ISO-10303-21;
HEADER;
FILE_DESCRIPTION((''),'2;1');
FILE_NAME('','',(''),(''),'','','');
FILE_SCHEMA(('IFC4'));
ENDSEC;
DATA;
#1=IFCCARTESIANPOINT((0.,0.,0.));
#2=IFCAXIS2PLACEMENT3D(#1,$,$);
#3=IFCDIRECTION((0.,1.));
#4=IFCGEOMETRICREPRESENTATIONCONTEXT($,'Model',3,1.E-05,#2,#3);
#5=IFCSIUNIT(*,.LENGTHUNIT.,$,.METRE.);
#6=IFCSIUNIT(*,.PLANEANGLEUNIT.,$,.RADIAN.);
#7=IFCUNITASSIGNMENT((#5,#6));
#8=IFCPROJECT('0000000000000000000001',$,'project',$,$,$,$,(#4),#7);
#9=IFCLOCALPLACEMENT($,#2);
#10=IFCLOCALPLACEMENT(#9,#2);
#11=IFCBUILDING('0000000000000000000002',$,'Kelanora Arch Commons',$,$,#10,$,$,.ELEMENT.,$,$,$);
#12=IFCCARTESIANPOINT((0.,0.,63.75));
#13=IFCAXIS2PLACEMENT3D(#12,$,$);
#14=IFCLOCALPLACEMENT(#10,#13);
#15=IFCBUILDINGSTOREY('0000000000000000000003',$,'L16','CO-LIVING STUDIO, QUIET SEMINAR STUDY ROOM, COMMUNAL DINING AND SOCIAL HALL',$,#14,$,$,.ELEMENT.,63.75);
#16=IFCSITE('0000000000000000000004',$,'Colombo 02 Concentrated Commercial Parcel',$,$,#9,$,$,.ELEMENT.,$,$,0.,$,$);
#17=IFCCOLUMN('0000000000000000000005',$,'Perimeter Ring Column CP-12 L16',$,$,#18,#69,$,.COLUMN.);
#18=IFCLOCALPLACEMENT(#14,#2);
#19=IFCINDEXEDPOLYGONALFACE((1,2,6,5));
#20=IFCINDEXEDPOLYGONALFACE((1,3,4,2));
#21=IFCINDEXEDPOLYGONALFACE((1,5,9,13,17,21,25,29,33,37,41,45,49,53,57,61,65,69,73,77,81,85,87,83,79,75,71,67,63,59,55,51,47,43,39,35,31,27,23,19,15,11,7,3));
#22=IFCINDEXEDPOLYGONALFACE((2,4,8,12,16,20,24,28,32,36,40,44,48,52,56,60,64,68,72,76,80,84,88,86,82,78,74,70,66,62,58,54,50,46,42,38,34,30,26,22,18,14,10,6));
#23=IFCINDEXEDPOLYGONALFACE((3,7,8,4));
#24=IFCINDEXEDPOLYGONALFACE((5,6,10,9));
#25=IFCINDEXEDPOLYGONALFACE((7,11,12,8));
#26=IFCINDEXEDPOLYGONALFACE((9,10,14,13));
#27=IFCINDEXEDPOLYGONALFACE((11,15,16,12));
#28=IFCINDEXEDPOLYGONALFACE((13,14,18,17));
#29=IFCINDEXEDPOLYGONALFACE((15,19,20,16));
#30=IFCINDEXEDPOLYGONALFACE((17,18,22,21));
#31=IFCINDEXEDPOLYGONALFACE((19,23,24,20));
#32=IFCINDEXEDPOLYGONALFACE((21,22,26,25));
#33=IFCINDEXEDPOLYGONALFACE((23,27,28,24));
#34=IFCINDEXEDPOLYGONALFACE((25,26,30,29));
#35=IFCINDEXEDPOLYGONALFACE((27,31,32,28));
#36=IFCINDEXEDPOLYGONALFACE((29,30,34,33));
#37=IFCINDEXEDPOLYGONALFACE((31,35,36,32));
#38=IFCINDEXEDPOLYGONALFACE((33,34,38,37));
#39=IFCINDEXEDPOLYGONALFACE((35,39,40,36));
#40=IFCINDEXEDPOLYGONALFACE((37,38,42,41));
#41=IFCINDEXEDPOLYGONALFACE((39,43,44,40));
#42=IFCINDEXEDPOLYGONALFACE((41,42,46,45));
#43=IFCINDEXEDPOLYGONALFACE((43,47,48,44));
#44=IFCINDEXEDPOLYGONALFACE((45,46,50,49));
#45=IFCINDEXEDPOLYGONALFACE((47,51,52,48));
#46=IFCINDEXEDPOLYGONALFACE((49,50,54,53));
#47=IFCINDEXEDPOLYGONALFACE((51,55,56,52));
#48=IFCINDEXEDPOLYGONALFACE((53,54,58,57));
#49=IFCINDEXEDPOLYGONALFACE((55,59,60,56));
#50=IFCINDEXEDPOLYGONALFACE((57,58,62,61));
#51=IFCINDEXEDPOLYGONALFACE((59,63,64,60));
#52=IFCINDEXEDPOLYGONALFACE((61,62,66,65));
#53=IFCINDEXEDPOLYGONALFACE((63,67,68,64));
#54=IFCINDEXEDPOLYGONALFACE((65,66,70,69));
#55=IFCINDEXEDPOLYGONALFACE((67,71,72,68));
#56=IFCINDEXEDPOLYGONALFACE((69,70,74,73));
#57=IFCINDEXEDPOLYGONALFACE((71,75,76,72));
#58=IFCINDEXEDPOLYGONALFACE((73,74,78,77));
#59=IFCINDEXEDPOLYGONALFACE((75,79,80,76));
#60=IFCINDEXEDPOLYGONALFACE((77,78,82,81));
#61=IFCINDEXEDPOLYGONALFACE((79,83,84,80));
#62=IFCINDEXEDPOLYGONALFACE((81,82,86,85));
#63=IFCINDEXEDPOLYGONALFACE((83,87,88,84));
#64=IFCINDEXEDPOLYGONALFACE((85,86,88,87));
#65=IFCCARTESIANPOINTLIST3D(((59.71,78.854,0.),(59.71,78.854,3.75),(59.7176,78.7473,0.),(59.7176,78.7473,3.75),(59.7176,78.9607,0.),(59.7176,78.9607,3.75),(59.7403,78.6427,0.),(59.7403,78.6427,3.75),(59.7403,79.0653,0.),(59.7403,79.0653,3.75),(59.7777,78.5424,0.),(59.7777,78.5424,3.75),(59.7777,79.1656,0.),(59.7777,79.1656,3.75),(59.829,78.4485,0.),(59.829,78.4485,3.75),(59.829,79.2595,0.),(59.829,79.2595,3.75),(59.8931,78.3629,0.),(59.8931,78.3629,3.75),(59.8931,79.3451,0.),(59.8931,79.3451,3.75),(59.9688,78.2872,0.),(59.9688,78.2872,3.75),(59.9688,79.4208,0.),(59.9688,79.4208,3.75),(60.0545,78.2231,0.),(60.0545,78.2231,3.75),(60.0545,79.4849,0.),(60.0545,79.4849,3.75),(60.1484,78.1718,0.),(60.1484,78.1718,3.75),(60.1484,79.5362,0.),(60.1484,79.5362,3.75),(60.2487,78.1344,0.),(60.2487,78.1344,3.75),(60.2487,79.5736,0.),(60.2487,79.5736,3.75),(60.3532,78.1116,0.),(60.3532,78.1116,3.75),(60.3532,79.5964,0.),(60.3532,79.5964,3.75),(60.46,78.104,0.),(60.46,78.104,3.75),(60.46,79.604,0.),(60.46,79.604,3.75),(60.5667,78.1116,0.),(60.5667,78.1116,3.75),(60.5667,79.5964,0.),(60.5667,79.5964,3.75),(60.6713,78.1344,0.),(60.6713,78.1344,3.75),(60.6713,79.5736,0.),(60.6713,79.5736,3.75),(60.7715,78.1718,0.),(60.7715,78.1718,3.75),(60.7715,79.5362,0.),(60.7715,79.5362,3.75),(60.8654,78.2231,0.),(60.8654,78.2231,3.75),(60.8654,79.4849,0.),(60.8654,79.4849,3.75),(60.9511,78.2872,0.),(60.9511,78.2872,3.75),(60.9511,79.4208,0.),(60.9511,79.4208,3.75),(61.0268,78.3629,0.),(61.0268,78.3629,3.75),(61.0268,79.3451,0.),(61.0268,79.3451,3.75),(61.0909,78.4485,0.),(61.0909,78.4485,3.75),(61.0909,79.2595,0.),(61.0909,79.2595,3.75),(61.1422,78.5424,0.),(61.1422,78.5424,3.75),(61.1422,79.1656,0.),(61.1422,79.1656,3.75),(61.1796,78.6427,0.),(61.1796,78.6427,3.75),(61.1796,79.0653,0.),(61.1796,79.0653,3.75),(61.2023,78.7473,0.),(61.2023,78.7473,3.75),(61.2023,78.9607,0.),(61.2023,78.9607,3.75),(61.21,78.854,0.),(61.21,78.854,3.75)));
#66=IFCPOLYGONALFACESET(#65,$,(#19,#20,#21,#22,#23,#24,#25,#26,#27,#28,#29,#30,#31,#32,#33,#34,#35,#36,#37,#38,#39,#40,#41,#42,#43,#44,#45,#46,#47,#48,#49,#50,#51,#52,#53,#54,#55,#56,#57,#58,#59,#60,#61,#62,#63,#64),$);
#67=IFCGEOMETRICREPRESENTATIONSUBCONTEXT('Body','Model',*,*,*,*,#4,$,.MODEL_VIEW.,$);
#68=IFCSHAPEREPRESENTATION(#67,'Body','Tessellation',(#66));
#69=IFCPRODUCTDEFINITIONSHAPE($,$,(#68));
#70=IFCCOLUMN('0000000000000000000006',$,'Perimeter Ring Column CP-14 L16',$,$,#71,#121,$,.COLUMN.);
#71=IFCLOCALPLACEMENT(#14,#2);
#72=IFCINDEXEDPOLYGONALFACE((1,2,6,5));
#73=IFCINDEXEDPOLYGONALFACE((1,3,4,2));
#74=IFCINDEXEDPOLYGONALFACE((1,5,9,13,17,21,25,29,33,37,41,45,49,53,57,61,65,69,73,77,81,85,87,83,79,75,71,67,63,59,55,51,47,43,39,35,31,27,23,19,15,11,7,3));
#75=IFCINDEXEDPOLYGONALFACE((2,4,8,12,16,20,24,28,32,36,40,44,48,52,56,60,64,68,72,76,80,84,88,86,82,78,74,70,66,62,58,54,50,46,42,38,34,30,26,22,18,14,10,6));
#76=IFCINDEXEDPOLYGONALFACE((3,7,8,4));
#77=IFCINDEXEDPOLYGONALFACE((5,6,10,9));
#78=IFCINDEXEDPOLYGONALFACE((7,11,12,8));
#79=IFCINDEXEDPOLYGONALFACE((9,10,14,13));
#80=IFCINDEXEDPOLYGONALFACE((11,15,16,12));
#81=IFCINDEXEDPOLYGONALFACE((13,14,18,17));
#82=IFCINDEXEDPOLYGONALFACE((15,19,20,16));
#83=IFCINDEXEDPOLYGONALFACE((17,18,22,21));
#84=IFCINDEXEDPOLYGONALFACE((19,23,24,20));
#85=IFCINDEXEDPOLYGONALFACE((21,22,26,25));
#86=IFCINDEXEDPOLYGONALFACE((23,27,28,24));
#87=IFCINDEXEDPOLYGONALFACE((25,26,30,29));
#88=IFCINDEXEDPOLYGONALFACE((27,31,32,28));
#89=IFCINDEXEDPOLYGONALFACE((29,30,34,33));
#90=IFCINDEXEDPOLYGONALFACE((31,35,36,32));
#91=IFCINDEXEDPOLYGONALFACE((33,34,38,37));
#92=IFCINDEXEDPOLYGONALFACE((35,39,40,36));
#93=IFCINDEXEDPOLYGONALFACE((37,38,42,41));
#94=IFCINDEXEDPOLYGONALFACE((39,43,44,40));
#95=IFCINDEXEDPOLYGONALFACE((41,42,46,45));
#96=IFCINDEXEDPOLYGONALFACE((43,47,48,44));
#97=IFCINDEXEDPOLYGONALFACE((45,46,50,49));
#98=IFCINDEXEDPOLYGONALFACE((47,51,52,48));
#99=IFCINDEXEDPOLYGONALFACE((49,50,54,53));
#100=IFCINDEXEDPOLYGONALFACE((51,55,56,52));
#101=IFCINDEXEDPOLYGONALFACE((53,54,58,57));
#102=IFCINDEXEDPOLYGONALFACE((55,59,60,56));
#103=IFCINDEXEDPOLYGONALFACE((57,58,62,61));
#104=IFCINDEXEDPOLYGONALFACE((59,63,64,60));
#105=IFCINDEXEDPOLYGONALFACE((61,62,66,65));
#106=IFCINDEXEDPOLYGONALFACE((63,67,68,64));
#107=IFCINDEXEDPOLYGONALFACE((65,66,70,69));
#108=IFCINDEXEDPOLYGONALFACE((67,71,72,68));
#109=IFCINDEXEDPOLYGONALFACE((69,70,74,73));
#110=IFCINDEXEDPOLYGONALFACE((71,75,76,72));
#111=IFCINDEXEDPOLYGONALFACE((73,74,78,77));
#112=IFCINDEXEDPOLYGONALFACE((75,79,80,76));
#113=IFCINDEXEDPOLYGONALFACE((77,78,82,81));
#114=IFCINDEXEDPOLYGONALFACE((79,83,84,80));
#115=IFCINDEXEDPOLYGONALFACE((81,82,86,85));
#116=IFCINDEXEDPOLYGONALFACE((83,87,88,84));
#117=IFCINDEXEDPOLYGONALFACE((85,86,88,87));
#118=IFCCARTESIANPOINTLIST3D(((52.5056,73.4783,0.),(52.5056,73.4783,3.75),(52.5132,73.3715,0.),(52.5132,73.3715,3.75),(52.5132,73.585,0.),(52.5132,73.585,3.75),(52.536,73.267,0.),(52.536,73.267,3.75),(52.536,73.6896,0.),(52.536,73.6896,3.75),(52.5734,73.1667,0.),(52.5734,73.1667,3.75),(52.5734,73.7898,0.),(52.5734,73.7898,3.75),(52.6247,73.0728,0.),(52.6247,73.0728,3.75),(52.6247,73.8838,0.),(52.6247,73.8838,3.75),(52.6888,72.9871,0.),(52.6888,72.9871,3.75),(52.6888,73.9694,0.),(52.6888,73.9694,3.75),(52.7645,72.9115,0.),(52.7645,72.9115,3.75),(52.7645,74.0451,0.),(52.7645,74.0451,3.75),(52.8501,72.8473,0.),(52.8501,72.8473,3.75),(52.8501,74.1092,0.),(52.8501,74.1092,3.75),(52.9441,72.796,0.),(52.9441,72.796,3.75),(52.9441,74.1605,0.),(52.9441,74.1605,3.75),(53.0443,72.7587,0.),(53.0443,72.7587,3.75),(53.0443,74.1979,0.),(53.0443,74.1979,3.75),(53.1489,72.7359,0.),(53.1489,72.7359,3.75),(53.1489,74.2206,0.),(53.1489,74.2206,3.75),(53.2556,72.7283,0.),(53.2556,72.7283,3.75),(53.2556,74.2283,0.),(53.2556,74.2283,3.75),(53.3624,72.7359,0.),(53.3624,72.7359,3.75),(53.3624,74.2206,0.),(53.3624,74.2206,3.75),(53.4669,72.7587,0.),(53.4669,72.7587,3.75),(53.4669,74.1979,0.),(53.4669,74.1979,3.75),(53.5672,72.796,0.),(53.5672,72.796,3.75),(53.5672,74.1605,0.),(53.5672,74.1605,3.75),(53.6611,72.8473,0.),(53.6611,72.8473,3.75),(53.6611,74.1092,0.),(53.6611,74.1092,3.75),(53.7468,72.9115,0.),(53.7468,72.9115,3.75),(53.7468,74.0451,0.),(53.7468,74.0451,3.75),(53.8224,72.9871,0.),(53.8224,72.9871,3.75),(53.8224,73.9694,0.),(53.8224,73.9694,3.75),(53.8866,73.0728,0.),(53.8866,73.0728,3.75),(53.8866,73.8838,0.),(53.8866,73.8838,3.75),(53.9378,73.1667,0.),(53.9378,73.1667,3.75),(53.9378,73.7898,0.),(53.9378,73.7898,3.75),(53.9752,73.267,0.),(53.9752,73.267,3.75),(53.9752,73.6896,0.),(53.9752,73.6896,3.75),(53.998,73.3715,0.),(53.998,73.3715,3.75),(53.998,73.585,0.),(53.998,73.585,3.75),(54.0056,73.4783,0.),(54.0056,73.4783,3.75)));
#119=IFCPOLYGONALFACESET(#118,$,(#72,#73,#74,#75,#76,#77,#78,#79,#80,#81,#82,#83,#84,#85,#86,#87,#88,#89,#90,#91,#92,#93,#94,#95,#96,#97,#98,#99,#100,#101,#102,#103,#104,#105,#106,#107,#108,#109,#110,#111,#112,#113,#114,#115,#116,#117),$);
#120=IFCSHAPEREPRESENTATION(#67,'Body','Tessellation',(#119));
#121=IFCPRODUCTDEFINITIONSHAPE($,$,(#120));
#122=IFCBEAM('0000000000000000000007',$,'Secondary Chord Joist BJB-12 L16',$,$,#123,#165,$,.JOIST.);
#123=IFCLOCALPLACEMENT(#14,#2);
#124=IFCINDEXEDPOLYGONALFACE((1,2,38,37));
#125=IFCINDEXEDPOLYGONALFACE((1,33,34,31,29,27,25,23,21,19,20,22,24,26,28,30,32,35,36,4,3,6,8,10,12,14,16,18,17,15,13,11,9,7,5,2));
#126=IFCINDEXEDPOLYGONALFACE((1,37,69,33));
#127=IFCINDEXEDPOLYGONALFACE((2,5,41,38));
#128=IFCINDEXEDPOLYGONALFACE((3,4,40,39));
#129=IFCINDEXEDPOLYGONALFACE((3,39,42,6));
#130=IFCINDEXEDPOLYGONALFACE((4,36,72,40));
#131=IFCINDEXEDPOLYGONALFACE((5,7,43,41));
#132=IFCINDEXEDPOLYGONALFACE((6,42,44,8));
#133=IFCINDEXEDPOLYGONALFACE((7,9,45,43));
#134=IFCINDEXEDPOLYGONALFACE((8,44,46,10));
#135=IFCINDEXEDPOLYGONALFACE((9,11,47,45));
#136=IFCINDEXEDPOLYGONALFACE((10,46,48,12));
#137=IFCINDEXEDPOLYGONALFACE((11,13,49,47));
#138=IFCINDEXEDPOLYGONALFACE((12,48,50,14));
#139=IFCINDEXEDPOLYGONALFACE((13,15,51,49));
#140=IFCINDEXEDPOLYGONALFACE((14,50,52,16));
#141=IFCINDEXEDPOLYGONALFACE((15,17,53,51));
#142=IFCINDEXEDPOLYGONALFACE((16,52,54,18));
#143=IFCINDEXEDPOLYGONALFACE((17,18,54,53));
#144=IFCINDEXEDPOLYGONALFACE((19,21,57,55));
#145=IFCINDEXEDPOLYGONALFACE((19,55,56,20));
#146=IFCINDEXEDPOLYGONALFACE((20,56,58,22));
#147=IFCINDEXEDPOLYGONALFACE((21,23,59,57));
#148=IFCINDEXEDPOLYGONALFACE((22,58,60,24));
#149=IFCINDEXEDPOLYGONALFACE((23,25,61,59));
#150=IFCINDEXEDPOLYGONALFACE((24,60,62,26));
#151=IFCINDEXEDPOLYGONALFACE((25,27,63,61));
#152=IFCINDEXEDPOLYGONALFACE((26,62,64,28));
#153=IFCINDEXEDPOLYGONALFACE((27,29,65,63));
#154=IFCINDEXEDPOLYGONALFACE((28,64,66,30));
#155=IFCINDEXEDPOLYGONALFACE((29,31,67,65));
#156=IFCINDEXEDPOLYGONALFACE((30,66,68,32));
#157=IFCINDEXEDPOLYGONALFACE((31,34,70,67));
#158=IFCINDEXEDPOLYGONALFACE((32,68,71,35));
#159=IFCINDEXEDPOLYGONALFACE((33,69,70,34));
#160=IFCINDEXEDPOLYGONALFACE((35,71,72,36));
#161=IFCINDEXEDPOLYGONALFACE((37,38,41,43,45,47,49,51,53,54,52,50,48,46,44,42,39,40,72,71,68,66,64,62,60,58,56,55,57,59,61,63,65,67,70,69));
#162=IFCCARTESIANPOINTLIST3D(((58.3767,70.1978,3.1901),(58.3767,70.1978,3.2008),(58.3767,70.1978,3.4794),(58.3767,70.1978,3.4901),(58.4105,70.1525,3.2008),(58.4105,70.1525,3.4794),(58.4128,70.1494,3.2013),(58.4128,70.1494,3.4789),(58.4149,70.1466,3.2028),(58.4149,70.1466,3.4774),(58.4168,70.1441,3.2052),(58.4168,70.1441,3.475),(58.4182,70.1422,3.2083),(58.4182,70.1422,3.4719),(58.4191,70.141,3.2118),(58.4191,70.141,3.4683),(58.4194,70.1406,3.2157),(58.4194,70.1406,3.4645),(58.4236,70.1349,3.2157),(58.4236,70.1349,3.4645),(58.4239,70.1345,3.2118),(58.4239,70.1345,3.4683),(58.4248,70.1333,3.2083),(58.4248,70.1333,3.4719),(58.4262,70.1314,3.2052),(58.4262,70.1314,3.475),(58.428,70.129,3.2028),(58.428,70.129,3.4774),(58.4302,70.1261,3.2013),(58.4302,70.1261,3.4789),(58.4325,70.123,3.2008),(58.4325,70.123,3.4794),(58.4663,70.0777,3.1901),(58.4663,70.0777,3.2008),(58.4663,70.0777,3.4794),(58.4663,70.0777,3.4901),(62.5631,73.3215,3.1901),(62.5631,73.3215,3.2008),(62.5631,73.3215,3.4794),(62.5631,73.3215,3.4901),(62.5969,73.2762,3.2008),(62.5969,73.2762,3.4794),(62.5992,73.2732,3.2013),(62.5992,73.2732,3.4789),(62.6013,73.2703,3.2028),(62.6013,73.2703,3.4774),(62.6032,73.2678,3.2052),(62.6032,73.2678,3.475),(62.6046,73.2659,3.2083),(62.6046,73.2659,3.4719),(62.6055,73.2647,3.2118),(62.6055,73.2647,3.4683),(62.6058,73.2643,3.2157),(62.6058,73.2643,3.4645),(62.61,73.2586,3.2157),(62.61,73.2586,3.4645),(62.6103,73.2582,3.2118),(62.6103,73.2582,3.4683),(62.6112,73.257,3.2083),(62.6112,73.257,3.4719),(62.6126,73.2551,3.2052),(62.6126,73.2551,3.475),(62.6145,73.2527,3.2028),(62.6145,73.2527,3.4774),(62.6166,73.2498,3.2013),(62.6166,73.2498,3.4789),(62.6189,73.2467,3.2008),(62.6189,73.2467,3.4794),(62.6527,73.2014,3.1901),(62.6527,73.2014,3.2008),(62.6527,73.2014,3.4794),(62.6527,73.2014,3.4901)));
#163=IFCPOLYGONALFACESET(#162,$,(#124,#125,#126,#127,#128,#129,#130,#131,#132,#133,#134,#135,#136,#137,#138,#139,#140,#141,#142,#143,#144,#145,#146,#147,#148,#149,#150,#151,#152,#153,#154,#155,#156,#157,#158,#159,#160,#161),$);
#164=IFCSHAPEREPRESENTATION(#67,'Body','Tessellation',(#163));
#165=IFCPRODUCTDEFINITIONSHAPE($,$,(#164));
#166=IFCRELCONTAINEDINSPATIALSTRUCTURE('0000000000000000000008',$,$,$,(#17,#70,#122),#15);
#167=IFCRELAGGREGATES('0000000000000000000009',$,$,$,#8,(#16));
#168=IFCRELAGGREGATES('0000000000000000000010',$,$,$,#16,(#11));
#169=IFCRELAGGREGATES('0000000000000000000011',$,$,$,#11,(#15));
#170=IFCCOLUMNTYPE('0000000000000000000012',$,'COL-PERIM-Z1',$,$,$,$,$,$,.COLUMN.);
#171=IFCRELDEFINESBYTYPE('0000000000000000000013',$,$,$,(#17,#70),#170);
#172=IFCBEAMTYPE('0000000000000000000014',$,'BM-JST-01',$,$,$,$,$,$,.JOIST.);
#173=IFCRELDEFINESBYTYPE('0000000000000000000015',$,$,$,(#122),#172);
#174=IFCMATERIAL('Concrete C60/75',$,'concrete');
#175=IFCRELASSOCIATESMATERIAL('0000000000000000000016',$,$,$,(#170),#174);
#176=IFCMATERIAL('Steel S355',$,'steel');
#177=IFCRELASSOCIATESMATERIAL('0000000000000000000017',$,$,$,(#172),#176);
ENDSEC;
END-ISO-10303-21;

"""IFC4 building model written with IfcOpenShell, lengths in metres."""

from ifc_helpers import new_model, si_unit, direction, frame, origin, origin_2d, place, context, subcontext, project, spatial, circle, i_section, extrude, material, material_profile, profile_set, type_object, element, save


model = new_model("IFC4")

# Units and contexts
model_context = context("Model", 3, precision=1e-05, world=origin(), true_north=direction((0.0, 1.0)))
body_context = subcontext(model_context, "Body", "Model", "MODEL_VIEW")
ifc_project = project(units=[si_unit("LENGTHUNIT", "METRE"), si_unit("PLANEANGLEUNIT", "RADIAN")], contexts=[model_context])

# Site, building, storey
site_placement = place(None, origin())
site = spatial("IfcSite", under=ifc_project, at=site_placement, Name="Colombo 02 Concentrated Commercial Parcel", CompositionType="ELEMENT", RefElevation=0.0)
building_placement = place(site_placement, origin())
building = spatial("IfcBuilding", under=site, at=building_placement, Name="Kelanora Arch Commons", CompositionType="ELEMENT")
storey_placement = place(building_placement, frame((0.0, 0.0, 63.75)))
storey = spatial("IfcBuildingStorey", under=building, at=storey_placement, Name="L16", Description="CO-LIVING STUDIO, QUIET SEMINAR STUDY ROOM, COMMUNAL DINING AND SOCIAL HALL", CompositionType="ELEMENT", Elevation=63.75)

# Columns
ifc_material_1 = material(Name="Concrete C60/75", Category="concrete")
ifc_material_profile_1 = material_profile(ifc_material_1, circle(Radius=0.75, at=origin_2d()), Name="RCC1500")
ifc_profile_set_1 = profile_set([ifc_material_profile_1], Name="Concrete C60/75")
column_type = type_object("IfcColumnType", Name="COL-PERIM-Z1", PredefinedType="COLUMN", material=ifc_profile_set_1)
for number, where, z_axis, x_axis, name in (
    (1, (60.46, 78.854, 0.0), (0.0, 0.0, 1.0), (1.0, 0.0, 0.0), "Perimeter Ring Column CP-12 L16"),
    (2, (53.2556, 73.4783, 0.0), (0.0, 0.0, 1.0), (1.0, 0.0, 0.0), "Perimeter Ring Column CP-14 L16"),
):
    element("IfcColumn", number, at=place(storey_placement, frame(where, z_axis=z_axis, x_axis=x_axis)), inside=storey, type_object=column_type, Name=name, PredefinedType="COLUMN", context=body_context, shape_type="SweptSolid", body=[
        extrude(circle(Radius=0.75, at=origin_2d()), origin(), (0.0, 0.0, 1.0), 3.75),
    ])

# Beam
ifc_material_2 = material(Name="Steel S355", Category="steel")
ifc_material_profile_2 = material_profile(ifc_material_2, i_section(OverallWidth=0.1499, OverallDepth=0.3, WebThickness=0.0071, FlangeThickness=0.0107, FilletRadius=0.0149, at=origin_2d()), Name="IPE300")
ifc_profile_set_2 = profile_set([ifc_material_profile_2], Name="Steel S355")
beam_type_1 = type_object("IfcBeamType", Name="BM-JST-01", PredefinedType="JOIST", material=ifc_profile_set_2)
beam_1_placement = place(storey_placement, frame((62.6079, 73.2615, 3.3401), z_axis=(-0.801478, -0.598024, 0.0), x_axis=(0.598024, -0.801478, 0.0)))
element("IfcBeam", 3, at=beam_1_placement, inside=storey, type_object=beam_type_1, Name="Secondary Chord Joist BJB-12 L16", PredefinedType="JOIST", context=body_context, shape_type="SweptSolid", body=[
    extrude(i_section(OverallWidth=0.1499, OverallDepth=0.3, WebThickness=0.0071, FlangeThickness=0.0107, FilletRadius=0.0149, at=origin_2d()), origin(), (0.0, 0.0, 1.0), 5.2234),
])

save(model, "model.ifc")
